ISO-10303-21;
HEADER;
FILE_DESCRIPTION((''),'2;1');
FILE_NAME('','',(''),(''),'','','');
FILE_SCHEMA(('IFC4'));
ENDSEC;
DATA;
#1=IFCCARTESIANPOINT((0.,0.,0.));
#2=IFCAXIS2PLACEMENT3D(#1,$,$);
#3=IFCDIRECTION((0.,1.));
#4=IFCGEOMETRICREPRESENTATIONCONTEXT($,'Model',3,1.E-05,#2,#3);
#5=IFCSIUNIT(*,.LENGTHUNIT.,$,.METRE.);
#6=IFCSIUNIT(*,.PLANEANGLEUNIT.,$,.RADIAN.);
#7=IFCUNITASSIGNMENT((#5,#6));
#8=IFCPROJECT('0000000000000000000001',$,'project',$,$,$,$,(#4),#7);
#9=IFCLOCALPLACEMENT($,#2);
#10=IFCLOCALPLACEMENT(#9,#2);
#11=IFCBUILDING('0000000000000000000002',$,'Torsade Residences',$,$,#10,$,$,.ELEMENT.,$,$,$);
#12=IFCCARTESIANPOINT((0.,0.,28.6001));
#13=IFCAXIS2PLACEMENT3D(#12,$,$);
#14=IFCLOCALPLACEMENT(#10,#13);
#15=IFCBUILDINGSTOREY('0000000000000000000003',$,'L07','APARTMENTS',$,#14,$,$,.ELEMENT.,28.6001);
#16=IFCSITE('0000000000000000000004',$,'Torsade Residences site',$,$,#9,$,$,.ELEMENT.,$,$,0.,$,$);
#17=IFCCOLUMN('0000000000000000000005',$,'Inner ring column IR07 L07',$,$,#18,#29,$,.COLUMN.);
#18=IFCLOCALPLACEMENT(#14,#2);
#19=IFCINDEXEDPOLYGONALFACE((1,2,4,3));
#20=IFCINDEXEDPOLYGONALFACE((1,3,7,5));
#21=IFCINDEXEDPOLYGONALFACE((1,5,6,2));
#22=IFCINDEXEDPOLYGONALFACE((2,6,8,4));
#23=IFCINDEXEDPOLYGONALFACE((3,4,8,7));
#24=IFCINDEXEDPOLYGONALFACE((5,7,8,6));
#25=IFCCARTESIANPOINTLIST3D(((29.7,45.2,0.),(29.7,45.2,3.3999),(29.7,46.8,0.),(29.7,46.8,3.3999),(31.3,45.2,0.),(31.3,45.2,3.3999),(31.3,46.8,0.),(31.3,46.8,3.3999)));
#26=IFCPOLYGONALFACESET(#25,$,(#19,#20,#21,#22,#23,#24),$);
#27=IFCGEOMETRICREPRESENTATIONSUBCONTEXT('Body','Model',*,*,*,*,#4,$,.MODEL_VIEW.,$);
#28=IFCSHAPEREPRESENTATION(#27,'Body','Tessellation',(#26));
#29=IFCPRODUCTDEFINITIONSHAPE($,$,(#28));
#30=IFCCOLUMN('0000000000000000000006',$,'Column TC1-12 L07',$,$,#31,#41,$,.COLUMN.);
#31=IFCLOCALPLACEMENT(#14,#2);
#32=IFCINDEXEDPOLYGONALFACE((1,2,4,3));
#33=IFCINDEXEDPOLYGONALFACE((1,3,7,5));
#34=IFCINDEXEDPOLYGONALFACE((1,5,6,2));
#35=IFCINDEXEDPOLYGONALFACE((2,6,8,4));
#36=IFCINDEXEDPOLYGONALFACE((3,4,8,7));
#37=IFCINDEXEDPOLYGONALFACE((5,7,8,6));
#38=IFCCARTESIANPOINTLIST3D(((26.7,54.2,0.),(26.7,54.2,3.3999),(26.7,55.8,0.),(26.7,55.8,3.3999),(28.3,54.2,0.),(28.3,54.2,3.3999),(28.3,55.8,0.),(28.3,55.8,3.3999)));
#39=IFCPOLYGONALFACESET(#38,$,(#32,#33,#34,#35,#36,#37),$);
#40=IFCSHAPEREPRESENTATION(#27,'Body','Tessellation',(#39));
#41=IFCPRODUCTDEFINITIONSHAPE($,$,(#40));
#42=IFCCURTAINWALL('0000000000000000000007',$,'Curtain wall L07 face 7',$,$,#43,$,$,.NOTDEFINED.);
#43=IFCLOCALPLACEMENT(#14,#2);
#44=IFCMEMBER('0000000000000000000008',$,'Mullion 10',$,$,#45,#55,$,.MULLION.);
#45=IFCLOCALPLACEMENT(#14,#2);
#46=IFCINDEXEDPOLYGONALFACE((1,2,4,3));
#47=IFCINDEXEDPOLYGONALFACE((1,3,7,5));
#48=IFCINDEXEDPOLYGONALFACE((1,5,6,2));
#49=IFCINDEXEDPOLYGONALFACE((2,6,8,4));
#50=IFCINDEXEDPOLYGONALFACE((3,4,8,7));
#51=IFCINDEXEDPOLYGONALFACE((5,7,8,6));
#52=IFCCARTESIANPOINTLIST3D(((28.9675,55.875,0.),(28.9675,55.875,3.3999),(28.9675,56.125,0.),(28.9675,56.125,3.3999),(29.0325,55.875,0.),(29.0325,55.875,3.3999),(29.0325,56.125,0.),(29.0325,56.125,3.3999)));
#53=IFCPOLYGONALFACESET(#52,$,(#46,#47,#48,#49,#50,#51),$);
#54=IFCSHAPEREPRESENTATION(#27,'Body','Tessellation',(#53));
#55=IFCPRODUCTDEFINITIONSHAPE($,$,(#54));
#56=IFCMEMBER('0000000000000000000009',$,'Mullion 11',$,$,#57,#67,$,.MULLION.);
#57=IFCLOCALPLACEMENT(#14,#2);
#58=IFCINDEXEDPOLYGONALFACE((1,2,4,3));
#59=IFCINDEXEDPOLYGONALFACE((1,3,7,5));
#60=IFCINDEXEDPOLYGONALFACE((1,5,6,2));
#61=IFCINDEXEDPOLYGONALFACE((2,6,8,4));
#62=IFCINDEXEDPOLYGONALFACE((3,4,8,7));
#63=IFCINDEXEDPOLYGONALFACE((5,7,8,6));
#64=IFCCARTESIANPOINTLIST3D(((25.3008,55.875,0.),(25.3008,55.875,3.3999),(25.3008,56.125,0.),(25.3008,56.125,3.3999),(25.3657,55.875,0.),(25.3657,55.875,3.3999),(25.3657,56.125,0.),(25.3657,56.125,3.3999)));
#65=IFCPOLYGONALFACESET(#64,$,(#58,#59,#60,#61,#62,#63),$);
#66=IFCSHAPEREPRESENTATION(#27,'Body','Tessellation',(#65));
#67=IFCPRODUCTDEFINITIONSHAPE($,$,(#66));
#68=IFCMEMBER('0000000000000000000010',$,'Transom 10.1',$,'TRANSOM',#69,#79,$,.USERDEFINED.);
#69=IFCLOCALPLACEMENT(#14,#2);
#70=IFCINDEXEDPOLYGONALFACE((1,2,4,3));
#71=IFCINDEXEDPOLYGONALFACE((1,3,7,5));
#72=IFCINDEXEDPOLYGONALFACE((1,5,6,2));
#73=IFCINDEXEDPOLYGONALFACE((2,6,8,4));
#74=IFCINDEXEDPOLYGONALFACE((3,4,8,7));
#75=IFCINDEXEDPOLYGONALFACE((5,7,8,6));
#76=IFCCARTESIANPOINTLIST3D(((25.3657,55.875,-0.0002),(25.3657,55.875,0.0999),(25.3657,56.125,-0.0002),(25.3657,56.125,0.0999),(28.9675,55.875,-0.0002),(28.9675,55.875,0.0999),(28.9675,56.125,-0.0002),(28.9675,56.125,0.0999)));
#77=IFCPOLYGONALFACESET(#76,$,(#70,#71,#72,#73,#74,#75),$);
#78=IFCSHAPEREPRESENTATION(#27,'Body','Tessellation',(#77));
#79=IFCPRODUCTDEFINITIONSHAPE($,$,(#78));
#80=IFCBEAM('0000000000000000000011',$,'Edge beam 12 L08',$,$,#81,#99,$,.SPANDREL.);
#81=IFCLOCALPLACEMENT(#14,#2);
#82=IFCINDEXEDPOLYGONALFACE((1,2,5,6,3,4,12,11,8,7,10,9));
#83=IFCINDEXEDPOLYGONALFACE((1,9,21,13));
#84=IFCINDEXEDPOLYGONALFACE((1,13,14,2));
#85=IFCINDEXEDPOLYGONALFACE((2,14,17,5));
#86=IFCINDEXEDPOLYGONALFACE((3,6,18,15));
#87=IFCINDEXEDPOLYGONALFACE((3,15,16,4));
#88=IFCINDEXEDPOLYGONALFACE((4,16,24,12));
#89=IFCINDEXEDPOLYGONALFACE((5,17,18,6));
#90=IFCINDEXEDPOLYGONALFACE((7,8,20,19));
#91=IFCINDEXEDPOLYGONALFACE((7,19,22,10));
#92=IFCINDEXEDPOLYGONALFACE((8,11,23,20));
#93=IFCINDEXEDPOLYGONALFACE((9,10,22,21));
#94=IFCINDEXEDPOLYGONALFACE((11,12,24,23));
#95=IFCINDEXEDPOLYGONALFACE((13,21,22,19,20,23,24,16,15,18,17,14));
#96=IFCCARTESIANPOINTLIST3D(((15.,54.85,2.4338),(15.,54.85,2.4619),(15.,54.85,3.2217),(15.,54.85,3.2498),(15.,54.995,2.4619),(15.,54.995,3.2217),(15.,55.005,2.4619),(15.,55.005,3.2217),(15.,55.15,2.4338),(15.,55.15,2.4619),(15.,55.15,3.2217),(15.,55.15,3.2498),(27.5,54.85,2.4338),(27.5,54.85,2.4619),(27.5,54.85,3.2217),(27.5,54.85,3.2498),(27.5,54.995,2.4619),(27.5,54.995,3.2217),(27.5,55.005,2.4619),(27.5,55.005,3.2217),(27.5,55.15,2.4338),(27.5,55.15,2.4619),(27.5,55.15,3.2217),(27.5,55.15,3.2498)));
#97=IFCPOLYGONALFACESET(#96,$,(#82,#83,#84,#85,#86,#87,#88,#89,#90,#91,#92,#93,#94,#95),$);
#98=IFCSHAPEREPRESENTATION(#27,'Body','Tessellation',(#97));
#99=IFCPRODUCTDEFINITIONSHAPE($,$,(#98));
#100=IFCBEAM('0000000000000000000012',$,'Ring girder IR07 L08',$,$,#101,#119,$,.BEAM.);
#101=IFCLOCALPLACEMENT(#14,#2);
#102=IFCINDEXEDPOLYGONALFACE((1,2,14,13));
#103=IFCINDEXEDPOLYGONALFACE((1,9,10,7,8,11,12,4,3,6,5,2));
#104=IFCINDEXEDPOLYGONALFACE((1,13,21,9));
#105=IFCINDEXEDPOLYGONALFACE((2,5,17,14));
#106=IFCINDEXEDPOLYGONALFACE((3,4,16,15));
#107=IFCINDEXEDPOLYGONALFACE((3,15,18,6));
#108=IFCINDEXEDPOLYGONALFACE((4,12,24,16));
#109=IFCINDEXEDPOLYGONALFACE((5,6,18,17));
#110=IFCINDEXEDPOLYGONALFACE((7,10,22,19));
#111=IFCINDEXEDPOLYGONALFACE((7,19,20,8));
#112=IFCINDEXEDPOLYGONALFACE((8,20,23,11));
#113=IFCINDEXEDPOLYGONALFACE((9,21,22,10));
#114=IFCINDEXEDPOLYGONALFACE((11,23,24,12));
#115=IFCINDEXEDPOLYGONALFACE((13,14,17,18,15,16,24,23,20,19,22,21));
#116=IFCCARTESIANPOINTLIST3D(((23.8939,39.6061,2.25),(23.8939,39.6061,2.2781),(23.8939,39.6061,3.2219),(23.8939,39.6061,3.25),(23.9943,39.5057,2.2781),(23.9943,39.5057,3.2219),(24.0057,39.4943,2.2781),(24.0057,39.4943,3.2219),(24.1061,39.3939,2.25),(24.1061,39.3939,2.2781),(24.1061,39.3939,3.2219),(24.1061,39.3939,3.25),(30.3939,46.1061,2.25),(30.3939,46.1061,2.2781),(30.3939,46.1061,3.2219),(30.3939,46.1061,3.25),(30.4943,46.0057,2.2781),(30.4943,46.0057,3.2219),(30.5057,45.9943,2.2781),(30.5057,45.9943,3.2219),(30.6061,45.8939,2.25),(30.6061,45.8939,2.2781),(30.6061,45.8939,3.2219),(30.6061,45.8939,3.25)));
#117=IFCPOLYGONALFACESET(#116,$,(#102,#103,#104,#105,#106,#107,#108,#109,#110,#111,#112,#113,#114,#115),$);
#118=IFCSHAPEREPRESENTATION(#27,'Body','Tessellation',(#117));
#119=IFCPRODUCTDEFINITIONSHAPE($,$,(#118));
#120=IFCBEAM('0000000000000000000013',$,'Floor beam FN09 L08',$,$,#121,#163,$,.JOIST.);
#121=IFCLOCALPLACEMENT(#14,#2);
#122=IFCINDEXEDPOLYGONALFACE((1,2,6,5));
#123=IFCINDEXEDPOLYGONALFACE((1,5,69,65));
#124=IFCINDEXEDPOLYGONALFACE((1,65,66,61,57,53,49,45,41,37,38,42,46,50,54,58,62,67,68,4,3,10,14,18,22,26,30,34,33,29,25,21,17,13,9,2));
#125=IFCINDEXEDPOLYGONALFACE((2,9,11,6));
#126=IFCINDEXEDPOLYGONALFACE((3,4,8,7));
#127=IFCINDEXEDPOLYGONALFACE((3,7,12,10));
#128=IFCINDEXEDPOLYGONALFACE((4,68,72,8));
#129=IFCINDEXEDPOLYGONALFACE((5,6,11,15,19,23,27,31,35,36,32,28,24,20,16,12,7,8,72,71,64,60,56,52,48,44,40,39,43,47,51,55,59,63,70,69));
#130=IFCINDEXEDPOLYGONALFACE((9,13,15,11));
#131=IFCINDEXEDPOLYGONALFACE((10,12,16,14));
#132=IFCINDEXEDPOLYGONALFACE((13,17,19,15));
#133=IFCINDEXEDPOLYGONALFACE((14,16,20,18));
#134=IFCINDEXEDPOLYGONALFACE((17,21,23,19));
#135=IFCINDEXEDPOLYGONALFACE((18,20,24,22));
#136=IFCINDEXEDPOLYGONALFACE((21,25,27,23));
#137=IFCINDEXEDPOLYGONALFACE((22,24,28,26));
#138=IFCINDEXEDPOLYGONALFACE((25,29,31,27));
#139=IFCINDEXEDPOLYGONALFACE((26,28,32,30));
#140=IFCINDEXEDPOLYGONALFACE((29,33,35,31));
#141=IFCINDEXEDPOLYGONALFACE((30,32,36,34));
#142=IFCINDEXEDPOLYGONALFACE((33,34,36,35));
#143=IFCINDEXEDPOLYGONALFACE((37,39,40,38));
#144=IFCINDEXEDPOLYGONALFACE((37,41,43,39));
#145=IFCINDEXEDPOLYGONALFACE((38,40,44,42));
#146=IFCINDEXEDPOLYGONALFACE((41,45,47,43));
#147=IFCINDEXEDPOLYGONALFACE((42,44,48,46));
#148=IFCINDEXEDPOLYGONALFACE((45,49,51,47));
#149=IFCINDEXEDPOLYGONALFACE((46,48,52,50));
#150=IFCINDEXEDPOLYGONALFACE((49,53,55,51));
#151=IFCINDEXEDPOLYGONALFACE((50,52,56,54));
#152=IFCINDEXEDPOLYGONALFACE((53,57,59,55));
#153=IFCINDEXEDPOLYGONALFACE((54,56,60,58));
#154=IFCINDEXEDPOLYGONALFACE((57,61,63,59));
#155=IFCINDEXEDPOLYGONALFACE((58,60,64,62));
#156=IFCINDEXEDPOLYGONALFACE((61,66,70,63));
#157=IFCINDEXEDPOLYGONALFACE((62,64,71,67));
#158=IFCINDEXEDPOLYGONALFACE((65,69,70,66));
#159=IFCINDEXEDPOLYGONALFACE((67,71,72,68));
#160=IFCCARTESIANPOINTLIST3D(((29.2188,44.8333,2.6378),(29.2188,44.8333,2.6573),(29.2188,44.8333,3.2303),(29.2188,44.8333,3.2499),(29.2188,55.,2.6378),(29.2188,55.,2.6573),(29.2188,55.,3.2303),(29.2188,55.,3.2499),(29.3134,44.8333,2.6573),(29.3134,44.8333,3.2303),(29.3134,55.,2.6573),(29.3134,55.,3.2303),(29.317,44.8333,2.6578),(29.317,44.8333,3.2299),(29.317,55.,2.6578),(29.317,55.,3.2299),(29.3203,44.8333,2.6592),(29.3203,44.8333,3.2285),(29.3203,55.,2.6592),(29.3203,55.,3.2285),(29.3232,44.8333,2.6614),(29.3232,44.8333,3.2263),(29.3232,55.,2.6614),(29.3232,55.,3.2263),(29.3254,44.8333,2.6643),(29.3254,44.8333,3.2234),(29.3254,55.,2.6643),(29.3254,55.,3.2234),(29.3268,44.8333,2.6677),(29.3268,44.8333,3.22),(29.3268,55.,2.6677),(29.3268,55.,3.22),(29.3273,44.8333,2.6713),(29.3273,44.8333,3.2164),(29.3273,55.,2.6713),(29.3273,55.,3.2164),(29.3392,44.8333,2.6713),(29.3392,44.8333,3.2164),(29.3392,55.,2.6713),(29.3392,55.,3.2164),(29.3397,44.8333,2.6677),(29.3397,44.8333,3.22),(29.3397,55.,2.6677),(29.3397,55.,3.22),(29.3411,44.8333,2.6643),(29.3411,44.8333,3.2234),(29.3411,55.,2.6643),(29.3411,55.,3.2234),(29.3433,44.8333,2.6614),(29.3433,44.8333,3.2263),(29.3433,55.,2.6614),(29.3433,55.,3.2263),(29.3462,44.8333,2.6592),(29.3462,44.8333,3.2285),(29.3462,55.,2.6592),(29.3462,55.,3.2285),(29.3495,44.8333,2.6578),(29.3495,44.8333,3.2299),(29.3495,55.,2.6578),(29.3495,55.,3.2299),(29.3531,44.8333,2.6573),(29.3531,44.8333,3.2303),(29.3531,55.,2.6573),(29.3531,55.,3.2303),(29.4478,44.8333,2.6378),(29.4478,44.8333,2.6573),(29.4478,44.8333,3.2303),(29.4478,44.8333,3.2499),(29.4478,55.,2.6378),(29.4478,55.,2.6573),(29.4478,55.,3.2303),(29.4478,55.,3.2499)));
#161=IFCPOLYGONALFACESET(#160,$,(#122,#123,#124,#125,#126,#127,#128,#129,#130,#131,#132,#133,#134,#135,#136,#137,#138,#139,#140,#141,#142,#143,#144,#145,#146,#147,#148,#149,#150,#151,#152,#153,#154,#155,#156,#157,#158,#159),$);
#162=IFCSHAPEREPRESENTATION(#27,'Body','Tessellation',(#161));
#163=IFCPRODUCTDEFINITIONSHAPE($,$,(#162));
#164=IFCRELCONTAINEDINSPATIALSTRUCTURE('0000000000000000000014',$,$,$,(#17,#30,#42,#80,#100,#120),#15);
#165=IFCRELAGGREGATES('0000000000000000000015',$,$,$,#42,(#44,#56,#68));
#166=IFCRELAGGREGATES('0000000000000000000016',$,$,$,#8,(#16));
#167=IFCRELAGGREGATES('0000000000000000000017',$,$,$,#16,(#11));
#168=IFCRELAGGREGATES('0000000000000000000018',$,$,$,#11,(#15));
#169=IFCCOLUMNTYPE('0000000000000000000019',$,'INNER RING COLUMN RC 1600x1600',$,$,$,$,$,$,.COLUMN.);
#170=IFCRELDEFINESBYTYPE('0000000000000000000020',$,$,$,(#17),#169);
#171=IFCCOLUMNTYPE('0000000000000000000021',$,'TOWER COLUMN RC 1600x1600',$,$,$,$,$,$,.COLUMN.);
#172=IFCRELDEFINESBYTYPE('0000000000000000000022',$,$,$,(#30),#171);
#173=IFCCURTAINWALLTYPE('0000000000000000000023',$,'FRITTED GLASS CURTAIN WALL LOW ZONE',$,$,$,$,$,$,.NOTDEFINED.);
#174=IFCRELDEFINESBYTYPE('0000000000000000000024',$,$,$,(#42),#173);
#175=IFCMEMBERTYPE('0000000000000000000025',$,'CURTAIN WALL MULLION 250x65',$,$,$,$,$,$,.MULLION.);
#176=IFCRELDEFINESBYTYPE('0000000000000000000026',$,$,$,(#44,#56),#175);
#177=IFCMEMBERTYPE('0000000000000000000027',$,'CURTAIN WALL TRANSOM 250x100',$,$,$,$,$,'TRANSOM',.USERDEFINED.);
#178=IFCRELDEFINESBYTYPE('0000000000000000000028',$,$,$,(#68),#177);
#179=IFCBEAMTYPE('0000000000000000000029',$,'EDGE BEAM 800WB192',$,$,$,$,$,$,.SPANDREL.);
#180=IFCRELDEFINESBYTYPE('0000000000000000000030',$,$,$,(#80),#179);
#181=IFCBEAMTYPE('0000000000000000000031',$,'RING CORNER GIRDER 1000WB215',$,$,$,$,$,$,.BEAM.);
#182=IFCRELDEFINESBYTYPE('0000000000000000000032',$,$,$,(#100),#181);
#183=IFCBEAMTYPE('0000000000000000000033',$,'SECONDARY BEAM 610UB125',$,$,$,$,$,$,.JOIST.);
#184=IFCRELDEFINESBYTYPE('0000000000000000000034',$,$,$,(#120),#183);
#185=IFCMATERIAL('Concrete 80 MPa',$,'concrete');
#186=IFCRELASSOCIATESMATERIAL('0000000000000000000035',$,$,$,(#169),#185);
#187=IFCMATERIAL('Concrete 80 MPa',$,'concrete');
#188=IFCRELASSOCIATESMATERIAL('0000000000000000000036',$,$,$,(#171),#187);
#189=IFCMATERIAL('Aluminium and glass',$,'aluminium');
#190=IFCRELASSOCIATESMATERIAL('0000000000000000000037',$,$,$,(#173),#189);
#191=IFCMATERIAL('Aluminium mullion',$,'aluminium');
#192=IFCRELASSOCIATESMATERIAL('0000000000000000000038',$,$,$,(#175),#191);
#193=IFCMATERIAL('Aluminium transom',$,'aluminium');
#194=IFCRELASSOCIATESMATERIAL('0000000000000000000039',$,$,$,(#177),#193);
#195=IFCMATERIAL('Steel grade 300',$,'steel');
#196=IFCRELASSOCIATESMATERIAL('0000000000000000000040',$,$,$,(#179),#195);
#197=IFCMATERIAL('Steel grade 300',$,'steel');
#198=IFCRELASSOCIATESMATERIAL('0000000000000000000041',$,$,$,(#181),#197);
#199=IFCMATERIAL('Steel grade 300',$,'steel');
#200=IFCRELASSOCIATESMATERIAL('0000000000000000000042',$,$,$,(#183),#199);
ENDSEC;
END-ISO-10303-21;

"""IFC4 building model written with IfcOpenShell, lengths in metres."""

from ifc_helpers import new_model, si_unit, direction, frame, origin, origin_2d, place, context, subcontext, project, spatial, rectangle, i_section, extrude, material, material_profile, profile_set, type_object, element, aggregate, save


model = new_model("IFC4")

# Units and contexts
model_context = context("Model", 3, precision=1e-05, world=origin(), true_north=direction((0.0, 1.0)))
body_context = subcontext(model_context, "Body", "Model", "MODEL_VIEW")
ifc_project = project(units=[si_unit("LENGTHUNIT", "METRE"), si_unit("PLANEANGLEUNIT", "RADIAN")], contexts=[model_context])

# Site, building, storey
site_placement = place(None, origin())
site = spatial("IfcSite", under=ifc_project, at=site_placement, Name="Torsade Residences site", CompositionType="ELEMENT", RefElevation=0.0)
building_placement = place(site_placement, origin())
building = spatial("IfcBuilding", under=site, at=building_placement, Name="Torsade Residences", CompositionType="ELEMENT")
storey_placement = place(building_placement, frame((0.0, 0.0, 28.6001)))
storey = spatial("IfcBuildingStorey", under=building, at=storey_placement, Name="L07", Description="APARTMENTS", CompositionType="ELEMENT", Elevation=28.6001)

# Columns
ifc_material_1 = material(Name="Concrete 80 MPa", Category="concrete")
ifc_material_profile_1 = material_profile(ifc_material_1, rectangle(XDim=1.6001, YDim=1.6001, at=origin_2d()), Name="RC 1600x1600")
ifc_profile_set_1 = profile_set([ifc_material_profile_1], Name="Concrete 80 MPa")
column_type_1 = type_object("IfcColumnType", Name="INNER RING COLUMN RC 1600x1600", PredefinedType="COLUMN", material=ifc_profile_set_1)
column_1_placement = place(storey_placement, frame((30.5, 46.0, 0.0), z_axis=(0.0, 0.0, 1.0), x_axis=(1.0, 0.0, 0.0)))
element("IfcColumn", 1, at=column_1_placement, inside=storey, type_object=column_type_1, Name="Inner ring column IR07 L07", PredefinedType="COLUMN", context=body_context, shape_type="SweptSolid", body=[
    extrude(rectangle(XDim=1.6001, YDim=1.6001, at=origin_2d()), origin(), (0.0, 0.0, 1.0), 3.3999),
])
ifc_material_2 = material(Name="Concrete 80 MPa", Category="concrete")
ifc_material_profile_2 = material_profile(ifc_material_2, rectangle(XDim=1.6001, YDim=1.6001, at=origin_2d()), Name="RC 1600x1600")
ifc_profile_set_2 = profile_set([ifc_material_profile_2], Name="Concrete 80 MPa")
column_type_2 = type_object("IfcColumnType", Name="TOWER COLUMN RC 1600x1600", PredefinedType="COLUMN", material=ifc_profile_set_2)
column_2_placement = place(storey_placement, frame((27.5, 55.0, 0.0), z_axis=(0.0, 0.0, 1.0), x_axis=(1.0, 0.0, 0.0)))
element("IfcColumn", 2, at=column_2_placement, inside=storey, type_object=column_type_2, Name="Column TC1-12 L07", PredefinedType="COLUMN", context=body_context, shape_type="SweptSolid", body=[
    extrude(rectangle(XDim=1.6001, YDim=1.6001, at=origin_2d()), origin(), (0.0, 0.0, 1.0), 3.3999),
])

# Curtain wall, members
ifc_material_3 = material(Name="Aluminium and glass", Category="aluminium")
curtain_wall_type = type_object("IfcCurtainWallType", Name="FRITTED GLASS CURTAIN WALL LOW ZONE", PredefinedType="NOTDEFINED", material=ifc_material_3)
curtain_wall_placement = place(storey_placement, origin())
curtain_wall = element("IfcCurtainWall", 3, at=curtain_wall_placement, inside=storey, type_object=curtain_wall_type, Name="Curtain wall L07 face 7", PredefinedType="NOTDEFINED")
ifc_material_4 = material(Name="Aluminium mullion", Category="aluminium")
ifc_material_profile_3 = material_profile(ifc_material_4, rectangle(XDim=0.25, YDim=0.0649, at=origin_2d()), Name="CURTAIN WALL MULLION 250x65")
ifc_profile_set_3 = profile_set([ifc_material_profile_3], Name="Aluminium mullion")
member_type_1 = type_object("IfcMemberType", Name="CURTAIN WALL MULLION 250x65", PredefinedType="MULLION", material=ifc_profile_set_3)
member_1_placement = place(storey_placement, frame((29.0, 56.0, 0.0), z_axis=(0.0, 0.0, 1.0), x_axis=(0.0, -1.0, 0.0)))
member_1 = element("IfcMember", 4, at=member_1_placement, type_object=member_type_1, Name="Mullion 10", PredefinedType="MULLION", context=body_context, shape_type="SweptSolid", body=[
    extrude(rectangle(XDim=0.25, YDim=0.0649, at=origin_2d()), origin(), (0.0, 0.0, 1.0), 3.3999),
])
member_2_placement = place(storey_placement, frame((25.3333, 56.0, 0.0), z_axis=(0.0, 0.0, 1.0), x_axis=(0.0, -1.0, 0.0)))
member_2 = element("IfcMember", 5, at=member_2_placement, type_object=member_type_1, Name="Mullion 11", PredefinedType="MULLION", context=body_context, shape_type="SweptSolid", body=[
    extrude(rectangle(XDim=0.25, YDim=0.0649, at=origin_2d()), origin(), (0.0, 0.0, 1.0), 3.3999),
])
ifc_material_5 = material(Name="Aluminium transom", Category="aluminium")
ifc_material_profile_4 = material_profile(ifc_material_5, rectangle(XDim=0.25, YDim=0.1001, at=origin_2d()), Name="CURTAIN WALL TRANSOM 250x100")
ifc_profile_set_4 = profile_set([ifc_material_profile_4], Name="Aluminium transom")
member_type_2 = type_object("IfcMemberType", Name="CURTAIN WALL TRANSOM 250x100", ElementType="TRANSOM", PredefinedType="USERDEFINED", material=ifc_profile_set_4)
member_3_placement = place(storey_placement, frame((28.9675, 56.0, 0.0498), z_axis=(-1.0, 0.0, 0.0), x_axis=(0.0, -1.0, 0.0)))
member_3 = element("IfcMember", 6, at=member_3_placement, type_object=member_type_2, Name="Transom 10.1", ObjectType="TRANSOM", PredefinedType="USERDEFINED", context=body_context, shape_type="SweptSolid", body=[
    extrude(rectangle(XDim=0.25, YDim=0.1001, at=origin_2d()), origin(), (0.0, 0.0, 1.0), 3.6018),
])

# Beams
ifc_material_6 = material(Name="Steel grade 300", Category="steel")
ifc_material_profile_5 = material_profile(ifc_material_6, i_section(OverallWidth=0.3, OverallDepth=0.8159, WebThickness=0.01, FlangeThickness=0.0281, at=origin_2d()), Name="800WB192")
ifc_profile_set_5 = profile_set([ifc_material_profile_5], Name="Steel grade 300")
beam_type_1 = type_object("IfcBeamType", Name="EDGE BEAM 800WB192", PredefinedType="SPANDREL", material=ifc_profile_set_5)
beam_1_placement = place(storey_placement, frame((27.5, 55.0, 2.8418), z_axis=(-1.0, 0.0, 0.0), x_axis=(0.0, -1.0, 0.0)))
element("IfcBeam", 7, at=beam_1_placement, inside=storey, type_object=beam_type_1, Name="Edge beam 12 L08", PredefinedType="SPANDREL", context=body_context, shape_type="SweptSolid", body=[
    extrude(i_section(OverallWidth=0.3, OverallDepth=0.8159, WebThickness=0.01, FlangeThickness=0.0281, at=origin_2d()), origin(), (0.0, 0.0, 1.0), 12.5),
])
ifc_material_7 = material(Name="Steel grade 300", Category="steel")
ifc_material_profile_6 = material_profile(ifc_material_7, i_section(OverallWidth=0.3, OverallDepth=1.0, WebThickness=0.0161, FlangeThickness=0.0281, at=origin_2d()), Name="1000WB215")
ifc_profile_set_6 = profile_set([ifc_material_profile_6], Name="Steel grade 300")
beam_type_2 = type_object("IfcBeamType", Name="RING CORNER GIRDER 1000WB215", PredefinedType="BEAM", material=ifc_profile_set_6)
beam_2_placement = place(storey_placement, frame((30.5, 46.0, 2.75), z_axis=(-0.707107, -0.707107, 0.0), x_axis=(0.707107, -0.707107, 0.0)))
element("IfcBeam", 8, at=beam_2_placement, inside=storey, type_object=beam_type_2, Name="Ring girder IR07 L08", PredefinedType="BEAM", context=body_context, shape_type="SweptSolid", body=[
    extrude(i_section(OverallWidth=0.3, OverallDepth=1.0, WebThickness=0.0161, FlangeThickness=0.0281, at=origin_2d()), origin(), (0.0, 0.0, 1.0), 9.1924),
])
ifc_material_8 = material(Name="Steel grade 300", Category="steel")
ifc_material_profile_7 = material_profile(ifc_material_8, i_section(OverallWidth=0.229, OverallDepth=0.6121, WebThickness=0.012, FlangeThickness=0.0195, FilletRadius=0.0139, at=origin_2d()), Name="610UB125")
ifc_profile_set_7 = profile_set([ifc_material_profile_7], Name="Steel grade 300")
beam_type_3 = type_object("IfcBeamType", Name="SECONDARY BEAM 610UB125", PredefinedType="JOIST", material=ifc_profile_set_7)
beam_3_placement = place(storey_placement, frame((29.3333, 55.0, 2.9438), z_axis=(0.0, -1.0, 0.0), x_axis=(1.0, 0.0, 0.0)))
element("IfcBeam", 9, at=beam_3_placement, inside=storey, type_object=beam_type_3, Name="Floor beam FN09 L08", PredefinedType="JOIST", context=body_context, shape_type="SweptSolid", body=[
    extrude(i_section(OverallWidth=0.229, OverallDepth=0.6121, WebThickness=0.012, FlangeThickness=0.0195, FilletRadius=0.0139, at=origin_2d()), origin(), (0.0, 0.0, 1.0), 10.1667),
])

aggregate(curtain_wall, [member_1, member_2, member_3])

save(model, "model.ifc")
